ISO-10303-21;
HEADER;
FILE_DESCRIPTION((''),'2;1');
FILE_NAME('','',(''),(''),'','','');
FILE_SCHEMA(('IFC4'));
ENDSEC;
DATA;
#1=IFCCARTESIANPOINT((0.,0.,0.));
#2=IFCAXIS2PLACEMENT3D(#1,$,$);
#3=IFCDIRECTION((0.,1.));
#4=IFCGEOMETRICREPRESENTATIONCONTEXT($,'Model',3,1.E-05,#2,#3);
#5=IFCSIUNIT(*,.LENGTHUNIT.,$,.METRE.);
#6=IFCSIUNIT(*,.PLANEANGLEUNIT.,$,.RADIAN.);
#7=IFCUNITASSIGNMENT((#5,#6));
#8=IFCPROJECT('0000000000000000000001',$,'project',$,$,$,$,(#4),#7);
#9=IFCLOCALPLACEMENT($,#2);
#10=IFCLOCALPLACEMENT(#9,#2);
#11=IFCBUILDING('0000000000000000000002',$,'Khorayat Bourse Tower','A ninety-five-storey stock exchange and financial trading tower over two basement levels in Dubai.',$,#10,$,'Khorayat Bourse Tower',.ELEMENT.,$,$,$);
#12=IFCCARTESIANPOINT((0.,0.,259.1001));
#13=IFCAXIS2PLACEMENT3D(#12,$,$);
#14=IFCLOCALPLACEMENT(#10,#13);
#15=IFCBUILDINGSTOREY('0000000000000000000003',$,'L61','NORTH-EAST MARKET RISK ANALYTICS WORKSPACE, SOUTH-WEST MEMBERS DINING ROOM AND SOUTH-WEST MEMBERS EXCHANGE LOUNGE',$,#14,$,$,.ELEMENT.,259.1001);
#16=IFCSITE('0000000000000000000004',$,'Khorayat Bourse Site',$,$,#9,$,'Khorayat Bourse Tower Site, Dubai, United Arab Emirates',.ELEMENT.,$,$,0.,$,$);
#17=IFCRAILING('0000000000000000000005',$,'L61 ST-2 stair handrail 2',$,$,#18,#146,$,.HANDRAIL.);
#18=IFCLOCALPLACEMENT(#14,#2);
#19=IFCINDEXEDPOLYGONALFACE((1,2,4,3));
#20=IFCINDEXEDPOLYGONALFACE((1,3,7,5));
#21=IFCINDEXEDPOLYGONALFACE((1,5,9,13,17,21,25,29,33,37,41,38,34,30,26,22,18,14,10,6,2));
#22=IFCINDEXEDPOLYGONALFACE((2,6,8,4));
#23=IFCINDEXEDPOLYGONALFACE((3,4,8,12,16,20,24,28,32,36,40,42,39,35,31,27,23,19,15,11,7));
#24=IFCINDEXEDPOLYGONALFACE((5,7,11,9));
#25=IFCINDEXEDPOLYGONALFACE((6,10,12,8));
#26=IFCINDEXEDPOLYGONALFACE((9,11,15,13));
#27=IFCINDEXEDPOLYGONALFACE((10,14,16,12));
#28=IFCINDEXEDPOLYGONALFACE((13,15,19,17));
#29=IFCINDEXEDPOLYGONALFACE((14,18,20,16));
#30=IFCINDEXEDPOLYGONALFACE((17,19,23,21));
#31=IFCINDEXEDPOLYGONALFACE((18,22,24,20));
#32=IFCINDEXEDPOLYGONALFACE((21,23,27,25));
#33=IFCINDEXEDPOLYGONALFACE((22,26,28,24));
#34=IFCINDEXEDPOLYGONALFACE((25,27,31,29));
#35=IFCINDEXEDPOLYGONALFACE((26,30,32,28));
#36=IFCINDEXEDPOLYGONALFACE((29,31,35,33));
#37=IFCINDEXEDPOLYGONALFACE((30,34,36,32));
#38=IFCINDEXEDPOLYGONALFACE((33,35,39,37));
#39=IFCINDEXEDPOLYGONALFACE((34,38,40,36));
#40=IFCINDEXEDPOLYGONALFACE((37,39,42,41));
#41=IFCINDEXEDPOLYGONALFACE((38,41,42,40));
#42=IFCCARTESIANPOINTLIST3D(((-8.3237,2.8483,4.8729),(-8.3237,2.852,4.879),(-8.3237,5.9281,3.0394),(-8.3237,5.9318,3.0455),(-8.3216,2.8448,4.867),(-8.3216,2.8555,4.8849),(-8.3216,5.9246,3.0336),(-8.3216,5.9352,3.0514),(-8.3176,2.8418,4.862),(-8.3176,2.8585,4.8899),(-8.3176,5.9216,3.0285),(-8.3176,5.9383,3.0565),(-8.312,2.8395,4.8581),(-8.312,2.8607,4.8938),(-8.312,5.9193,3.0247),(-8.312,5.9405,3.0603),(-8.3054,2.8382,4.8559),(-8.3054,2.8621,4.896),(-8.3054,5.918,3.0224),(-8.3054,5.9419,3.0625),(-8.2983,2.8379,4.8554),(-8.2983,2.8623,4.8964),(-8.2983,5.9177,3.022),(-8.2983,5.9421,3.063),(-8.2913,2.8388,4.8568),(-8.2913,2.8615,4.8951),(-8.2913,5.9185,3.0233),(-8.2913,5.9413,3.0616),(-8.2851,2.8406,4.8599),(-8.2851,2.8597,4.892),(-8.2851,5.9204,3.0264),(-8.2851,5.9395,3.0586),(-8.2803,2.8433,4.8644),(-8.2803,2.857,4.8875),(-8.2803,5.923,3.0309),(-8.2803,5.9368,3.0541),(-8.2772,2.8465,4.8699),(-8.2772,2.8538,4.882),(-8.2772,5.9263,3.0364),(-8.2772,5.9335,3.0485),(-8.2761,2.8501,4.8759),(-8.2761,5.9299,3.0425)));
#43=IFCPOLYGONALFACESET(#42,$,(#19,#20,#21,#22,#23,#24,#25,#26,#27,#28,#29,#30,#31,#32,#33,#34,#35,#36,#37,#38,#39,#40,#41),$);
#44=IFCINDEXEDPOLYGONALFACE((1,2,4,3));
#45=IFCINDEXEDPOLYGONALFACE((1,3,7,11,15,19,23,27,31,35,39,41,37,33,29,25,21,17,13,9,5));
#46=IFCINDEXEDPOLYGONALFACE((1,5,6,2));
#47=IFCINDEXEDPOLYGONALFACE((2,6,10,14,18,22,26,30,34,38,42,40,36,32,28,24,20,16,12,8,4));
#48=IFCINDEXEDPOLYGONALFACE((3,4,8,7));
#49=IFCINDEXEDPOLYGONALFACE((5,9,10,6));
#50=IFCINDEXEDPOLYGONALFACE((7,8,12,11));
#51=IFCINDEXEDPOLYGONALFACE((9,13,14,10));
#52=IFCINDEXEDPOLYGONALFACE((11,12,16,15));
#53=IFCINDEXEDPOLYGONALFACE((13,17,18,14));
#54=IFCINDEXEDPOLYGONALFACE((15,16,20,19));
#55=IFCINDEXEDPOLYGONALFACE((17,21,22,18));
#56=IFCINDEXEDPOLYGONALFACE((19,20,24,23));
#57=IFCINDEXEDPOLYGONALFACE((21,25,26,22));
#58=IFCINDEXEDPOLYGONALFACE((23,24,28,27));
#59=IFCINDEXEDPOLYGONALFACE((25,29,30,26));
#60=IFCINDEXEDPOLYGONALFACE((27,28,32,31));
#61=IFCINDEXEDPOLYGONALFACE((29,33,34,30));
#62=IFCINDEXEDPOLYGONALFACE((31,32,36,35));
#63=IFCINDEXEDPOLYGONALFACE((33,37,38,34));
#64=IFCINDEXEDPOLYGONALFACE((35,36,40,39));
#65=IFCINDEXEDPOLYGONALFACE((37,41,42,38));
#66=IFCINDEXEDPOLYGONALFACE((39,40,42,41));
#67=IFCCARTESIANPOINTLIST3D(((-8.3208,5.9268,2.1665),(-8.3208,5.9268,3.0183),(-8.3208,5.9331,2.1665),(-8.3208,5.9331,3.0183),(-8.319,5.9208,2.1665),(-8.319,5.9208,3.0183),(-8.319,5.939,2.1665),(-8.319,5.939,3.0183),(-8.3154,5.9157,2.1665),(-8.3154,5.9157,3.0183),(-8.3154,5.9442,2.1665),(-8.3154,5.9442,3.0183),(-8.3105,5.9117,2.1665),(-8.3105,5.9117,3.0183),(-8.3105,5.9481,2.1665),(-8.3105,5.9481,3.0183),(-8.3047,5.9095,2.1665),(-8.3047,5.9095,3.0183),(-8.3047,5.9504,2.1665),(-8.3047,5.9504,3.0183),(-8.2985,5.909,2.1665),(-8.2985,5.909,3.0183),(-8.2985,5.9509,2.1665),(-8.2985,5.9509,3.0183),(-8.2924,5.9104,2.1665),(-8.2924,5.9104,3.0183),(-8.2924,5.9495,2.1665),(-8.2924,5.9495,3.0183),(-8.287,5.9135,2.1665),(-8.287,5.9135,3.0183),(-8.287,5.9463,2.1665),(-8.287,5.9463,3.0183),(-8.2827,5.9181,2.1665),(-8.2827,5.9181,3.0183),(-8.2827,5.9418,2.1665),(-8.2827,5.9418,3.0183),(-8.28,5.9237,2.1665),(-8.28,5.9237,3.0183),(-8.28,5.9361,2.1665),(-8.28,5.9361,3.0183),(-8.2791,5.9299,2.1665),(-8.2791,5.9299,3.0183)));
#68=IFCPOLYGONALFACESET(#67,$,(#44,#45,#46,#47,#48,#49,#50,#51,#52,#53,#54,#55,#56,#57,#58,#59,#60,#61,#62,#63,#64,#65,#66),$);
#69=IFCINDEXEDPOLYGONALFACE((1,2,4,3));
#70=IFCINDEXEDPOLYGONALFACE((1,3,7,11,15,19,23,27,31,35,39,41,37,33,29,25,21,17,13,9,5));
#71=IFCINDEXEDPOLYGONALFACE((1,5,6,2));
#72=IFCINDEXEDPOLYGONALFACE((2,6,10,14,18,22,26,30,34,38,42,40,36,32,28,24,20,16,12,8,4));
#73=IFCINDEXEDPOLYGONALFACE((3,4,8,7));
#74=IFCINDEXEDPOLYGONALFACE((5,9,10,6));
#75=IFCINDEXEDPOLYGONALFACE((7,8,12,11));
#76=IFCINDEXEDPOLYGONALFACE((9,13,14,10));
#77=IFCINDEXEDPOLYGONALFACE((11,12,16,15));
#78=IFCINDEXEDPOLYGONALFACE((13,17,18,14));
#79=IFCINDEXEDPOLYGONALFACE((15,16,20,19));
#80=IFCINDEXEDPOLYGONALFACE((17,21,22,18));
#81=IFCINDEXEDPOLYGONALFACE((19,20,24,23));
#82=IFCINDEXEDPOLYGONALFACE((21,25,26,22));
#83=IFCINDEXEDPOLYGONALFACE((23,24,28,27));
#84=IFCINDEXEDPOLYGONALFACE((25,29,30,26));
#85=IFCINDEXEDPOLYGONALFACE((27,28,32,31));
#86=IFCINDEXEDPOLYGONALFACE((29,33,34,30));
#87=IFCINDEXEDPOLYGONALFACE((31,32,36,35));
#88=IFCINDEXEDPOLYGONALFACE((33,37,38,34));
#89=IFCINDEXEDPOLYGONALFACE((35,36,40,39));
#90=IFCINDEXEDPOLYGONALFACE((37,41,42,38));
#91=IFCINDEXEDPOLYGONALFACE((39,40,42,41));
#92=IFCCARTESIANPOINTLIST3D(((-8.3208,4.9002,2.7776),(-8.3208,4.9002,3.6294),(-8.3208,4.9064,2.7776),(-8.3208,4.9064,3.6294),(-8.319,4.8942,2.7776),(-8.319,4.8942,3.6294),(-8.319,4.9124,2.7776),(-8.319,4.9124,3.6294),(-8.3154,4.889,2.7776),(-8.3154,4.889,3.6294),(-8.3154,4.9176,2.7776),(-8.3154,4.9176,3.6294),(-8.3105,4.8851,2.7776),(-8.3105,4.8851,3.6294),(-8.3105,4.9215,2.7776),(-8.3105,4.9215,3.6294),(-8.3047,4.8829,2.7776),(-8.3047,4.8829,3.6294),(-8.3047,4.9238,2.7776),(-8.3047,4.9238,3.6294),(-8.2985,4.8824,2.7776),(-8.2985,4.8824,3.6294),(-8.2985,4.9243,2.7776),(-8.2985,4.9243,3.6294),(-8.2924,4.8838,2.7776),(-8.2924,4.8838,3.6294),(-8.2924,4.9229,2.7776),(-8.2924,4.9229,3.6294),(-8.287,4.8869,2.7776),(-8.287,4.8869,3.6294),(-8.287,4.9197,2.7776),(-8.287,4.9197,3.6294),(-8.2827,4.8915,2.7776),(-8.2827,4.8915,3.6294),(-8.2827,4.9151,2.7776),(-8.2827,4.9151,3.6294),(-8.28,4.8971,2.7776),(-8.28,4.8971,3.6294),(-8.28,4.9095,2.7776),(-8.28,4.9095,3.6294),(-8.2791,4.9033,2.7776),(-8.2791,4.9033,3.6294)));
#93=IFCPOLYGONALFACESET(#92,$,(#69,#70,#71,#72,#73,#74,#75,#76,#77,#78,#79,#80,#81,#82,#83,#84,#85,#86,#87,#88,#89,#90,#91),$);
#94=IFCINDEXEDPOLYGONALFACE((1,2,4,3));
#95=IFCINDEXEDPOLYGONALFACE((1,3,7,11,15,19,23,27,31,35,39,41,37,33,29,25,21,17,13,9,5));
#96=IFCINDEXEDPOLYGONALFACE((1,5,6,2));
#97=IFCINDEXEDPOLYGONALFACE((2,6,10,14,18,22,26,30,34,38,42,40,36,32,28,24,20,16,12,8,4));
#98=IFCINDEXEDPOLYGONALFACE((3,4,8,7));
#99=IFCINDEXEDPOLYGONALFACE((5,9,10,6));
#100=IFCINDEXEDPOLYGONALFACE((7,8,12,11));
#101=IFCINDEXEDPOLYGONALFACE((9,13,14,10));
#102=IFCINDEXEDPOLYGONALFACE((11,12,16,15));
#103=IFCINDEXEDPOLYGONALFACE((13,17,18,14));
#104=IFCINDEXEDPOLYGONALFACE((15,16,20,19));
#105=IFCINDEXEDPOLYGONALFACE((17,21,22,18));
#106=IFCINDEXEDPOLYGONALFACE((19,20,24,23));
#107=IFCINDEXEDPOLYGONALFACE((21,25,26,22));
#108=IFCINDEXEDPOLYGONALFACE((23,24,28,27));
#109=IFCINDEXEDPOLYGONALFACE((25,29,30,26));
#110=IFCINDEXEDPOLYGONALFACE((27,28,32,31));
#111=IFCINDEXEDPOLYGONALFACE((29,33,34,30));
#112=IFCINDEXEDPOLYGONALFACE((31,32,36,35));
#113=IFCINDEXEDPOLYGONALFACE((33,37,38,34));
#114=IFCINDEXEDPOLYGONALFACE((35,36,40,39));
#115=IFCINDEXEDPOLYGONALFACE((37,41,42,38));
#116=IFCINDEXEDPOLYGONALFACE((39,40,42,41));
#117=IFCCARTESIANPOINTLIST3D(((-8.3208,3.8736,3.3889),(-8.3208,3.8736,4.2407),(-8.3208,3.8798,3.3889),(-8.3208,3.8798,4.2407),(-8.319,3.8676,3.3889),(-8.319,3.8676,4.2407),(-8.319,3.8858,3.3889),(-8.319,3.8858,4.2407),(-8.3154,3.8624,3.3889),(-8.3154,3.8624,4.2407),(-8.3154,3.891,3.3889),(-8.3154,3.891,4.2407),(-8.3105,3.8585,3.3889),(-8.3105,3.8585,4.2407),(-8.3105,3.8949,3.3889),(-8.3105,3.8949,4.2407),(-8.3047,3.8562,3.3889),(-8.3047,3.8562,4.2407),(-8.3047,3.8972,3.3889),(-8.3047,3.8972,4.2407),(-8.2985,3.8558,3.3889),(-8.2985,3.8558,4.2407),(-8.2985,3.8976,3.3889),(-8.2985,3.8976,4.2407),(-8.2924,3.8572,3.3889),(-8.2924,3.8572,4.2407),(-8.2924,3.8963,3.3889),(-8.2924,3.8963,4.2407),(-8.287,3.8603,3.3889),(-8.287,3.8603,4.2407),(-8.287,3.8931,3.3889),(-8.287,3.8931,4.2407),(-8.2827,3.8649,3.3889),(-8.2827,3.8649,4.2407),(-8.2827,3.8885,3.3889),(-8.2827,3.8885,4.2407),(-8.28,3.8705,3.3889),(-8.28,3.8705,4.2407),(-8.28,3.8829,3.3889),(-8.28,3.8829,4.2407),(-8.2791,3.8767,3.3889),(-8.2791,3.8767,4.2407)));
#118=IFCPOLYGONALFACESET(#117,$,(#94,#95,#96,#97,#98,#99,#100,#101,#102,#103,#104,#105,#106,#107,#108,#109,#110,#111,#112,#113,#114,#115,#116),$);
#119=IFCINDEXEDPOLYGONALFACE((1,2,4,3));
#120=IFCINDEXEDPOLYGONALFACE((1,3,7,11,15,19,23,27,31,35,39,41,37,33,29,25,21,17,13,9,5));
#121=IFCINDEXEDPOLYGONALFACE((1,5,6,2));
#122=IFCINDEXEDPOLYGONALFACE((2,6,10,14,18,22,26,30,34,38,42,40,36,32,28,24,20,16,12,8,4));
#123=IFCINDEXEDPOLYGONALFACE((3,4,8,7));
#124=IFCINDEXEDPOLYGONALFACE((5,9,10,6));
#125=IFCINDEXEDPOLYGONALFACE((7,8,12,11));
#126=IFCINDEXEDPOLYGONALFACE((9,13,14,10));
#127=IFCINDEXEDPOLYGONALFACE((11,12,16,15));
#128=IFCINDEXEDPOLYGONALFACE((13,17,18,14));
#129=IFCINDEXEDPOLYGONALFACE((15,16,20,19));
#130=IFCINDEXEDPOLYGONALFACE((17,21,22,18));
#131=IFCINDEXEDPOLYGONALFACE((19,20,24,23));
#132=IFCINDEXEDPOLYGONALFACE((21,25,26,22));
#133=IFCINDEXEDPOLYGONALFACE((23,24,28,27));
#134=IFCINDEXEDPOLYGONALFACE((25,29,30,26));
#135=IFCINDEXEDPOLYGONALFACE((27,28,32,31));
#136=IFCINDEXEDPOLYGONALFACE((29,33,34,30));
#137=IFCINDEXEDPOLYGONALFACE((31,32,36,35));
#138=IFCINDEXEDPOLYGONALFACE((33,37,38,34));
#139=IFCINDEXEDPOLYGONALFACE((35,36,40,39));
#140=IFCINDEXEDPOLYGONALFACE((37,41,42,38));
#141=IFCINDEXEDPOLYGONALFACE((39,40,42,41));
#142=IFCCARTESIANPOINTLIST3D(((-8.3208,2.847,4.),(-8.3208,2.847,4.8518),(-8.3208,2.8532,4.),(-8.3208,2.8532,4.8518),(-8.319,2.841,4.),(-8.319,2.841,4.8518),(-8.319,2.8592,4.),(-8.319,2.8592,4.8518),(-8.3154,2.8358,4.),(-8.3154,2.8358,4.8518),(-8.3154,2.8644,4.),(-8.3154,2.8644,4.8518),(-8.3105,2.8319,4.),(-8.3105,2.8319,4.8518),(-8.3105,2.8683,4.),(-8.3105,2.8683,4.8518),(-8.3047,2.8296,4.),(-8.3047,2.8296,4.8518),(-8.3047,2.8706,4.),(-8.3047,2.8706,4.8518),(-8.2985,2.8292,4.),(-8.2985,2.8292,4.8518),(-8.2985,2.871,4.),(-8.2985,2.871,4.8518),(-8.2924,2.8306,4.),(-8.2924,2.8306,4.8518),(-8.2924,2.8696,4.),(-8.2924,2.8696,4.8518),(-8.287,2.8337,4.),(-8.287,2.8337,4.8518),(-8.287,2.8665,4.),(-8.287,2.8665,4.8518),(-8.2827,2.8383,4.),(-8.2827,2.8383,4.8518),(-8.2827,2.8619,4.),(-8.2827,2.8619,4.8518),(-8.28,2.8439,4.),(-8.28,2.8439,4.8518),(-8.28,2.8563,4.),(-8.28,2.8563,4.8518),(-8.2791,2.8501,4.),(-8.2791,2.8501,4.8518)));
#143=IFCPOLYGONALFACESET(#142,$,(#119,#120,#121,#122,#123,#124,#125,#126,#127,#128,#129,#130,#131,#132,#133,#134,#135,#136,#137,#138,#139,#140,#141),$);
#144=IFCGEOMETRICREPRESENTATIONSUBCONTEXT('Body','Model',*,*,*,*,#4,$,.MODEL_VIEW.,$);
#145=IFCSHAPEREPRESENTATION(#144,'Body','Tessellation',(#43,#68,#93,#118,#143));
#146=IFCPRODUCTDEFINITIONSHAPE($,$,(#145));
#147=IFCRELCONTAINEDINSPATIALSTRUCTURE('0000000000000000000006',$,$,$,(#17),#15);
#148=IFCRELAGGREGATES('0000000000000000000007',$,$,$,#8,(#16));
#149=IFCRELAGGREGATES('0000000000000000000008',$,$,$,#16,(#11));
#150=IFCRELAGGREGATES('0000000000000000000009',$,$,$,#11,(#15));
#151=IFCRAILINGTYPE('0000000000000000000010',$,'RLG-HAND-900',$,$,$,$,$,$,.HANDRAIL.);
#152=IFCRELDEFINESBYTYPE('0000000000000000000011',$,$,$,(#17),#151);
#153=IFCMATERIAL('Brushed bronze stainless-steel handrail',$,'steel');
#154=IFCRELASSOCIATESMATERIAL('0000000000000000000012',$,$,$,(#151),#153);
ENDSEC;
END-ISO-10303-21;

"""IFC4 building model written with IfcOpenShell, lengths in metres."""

from ifc_helpers import new_model, si_unit, direction, frame, origin, origin_2d, place, context, subcontext, project, spatial, circle, extrude, source, transform, mapped, material, type_object, element, save


model = new_model("IFC4")

# Units and contexts
model_context = context("Model", 3, precision=1e-05, world=origin(), true_north=direction((0.0, 1.0)))
body_context = subcontext(model_context, "Body", "Model", "MODEL_VIEW")
ifc_project = project(units=[si_unit("LENGTHUNIT", "METRE"), si_unit("PLANEANGLEUNIT", "RADIAN")], contexts=[model_context])

# Site, building, storey
site_placement = place(None, origin())
site = spatial("IfcSite", under=ifc_project, at=site_placement, Name="Khorayat Bourse Site", LongName="Khorayat Bourse Tower Site, Dubai, United Arab Emirates", CompositionType="ELEMENT", RefElevation=0.0)
building_placement = place(site_placement, origin())
building = spatial("IfcBuilding", under=site, at=building_placement, Name="Khorayat Bourse Tower", Description="A ninety-five-storey stock exchange and financial trading tower over two basement levels in Dubai.", LongName="Khorayat Bourse Tower", CompositionType="ELEMENT")
storey_placement = place(building_placement, frame((0.0, 0.0, 259.1001)))
storey = spatial("IfcBuildingStorey", under=building, at=storey_placement, Name="L61", Description="NORTH-EAST MARKET RISK ANALYTICS WORKSPACE, SOUTH-WEST MEMBERS DINING ROOM AND SOUTH-WEST MEMBERS EXCHANGE LOUNGE", CompositionType="ELEMENT", Elevation=259.1001)

# Railing
ifc_material_1 = material(Name="Brushed bronze stainless-steel handrail", Category="steel")
railing_type_1 = type_object("IfcRailingType", Name="RLG-HAND-900", PredefinedType="HANDRAIL", material=ifc_material_1)
shared_shape_1 = source(origin(), body_context, "Body", "SweptSolid", [
    extrude(circle(Radius=0.0239, at=origin_2d()), frame((0.0, 0.0, 0.876), z_axis=(0.0, -0.859261, 0.511538), x_axis=(1.0, 0.0, 0.0)), (0.0, 0.0, 1.0), 3.5842),
    extrude(circle(Radius=0.021, at=origin_2d()), origin(), (0.0, 0.0, 1.0), 0.8518),
    extrude(circle(Radius=0.021, at=origin_2d()), frame((0.0, -1.0266, 0.6111)), (0.0, 0.0, 1.0), 0.8518),
    extrude(circle(Radius=0.021, at=origin_2d()), frame((0.0, -2.0532, 1.2224)), (0.0, 0.0, 1.0), 0.8518),
    extrude(circle(Radius=0.021, at=origin_2d()), frame((0.0, -3.0798, 1.8335)), (0.0, 0.0, 1.0), 0.8518),
])
railing_1_placement = place(storey_placement, frame((-8.3, 5.9299, 2.1665)))
element("IfcRailing", 1, at=railing_1_placement, inside=storey, type_object=railing_type_1, Name="L61 ST-2 stair handrail 2", PredefinedType="HANDRAIL", context=body_context, shape_type="MappedRepresentation", body=[
    mapped(shared_shape_1, transform((0.0, 0.0, 0.0), scale=1.0)),
])

save(model, "model.ifc")
